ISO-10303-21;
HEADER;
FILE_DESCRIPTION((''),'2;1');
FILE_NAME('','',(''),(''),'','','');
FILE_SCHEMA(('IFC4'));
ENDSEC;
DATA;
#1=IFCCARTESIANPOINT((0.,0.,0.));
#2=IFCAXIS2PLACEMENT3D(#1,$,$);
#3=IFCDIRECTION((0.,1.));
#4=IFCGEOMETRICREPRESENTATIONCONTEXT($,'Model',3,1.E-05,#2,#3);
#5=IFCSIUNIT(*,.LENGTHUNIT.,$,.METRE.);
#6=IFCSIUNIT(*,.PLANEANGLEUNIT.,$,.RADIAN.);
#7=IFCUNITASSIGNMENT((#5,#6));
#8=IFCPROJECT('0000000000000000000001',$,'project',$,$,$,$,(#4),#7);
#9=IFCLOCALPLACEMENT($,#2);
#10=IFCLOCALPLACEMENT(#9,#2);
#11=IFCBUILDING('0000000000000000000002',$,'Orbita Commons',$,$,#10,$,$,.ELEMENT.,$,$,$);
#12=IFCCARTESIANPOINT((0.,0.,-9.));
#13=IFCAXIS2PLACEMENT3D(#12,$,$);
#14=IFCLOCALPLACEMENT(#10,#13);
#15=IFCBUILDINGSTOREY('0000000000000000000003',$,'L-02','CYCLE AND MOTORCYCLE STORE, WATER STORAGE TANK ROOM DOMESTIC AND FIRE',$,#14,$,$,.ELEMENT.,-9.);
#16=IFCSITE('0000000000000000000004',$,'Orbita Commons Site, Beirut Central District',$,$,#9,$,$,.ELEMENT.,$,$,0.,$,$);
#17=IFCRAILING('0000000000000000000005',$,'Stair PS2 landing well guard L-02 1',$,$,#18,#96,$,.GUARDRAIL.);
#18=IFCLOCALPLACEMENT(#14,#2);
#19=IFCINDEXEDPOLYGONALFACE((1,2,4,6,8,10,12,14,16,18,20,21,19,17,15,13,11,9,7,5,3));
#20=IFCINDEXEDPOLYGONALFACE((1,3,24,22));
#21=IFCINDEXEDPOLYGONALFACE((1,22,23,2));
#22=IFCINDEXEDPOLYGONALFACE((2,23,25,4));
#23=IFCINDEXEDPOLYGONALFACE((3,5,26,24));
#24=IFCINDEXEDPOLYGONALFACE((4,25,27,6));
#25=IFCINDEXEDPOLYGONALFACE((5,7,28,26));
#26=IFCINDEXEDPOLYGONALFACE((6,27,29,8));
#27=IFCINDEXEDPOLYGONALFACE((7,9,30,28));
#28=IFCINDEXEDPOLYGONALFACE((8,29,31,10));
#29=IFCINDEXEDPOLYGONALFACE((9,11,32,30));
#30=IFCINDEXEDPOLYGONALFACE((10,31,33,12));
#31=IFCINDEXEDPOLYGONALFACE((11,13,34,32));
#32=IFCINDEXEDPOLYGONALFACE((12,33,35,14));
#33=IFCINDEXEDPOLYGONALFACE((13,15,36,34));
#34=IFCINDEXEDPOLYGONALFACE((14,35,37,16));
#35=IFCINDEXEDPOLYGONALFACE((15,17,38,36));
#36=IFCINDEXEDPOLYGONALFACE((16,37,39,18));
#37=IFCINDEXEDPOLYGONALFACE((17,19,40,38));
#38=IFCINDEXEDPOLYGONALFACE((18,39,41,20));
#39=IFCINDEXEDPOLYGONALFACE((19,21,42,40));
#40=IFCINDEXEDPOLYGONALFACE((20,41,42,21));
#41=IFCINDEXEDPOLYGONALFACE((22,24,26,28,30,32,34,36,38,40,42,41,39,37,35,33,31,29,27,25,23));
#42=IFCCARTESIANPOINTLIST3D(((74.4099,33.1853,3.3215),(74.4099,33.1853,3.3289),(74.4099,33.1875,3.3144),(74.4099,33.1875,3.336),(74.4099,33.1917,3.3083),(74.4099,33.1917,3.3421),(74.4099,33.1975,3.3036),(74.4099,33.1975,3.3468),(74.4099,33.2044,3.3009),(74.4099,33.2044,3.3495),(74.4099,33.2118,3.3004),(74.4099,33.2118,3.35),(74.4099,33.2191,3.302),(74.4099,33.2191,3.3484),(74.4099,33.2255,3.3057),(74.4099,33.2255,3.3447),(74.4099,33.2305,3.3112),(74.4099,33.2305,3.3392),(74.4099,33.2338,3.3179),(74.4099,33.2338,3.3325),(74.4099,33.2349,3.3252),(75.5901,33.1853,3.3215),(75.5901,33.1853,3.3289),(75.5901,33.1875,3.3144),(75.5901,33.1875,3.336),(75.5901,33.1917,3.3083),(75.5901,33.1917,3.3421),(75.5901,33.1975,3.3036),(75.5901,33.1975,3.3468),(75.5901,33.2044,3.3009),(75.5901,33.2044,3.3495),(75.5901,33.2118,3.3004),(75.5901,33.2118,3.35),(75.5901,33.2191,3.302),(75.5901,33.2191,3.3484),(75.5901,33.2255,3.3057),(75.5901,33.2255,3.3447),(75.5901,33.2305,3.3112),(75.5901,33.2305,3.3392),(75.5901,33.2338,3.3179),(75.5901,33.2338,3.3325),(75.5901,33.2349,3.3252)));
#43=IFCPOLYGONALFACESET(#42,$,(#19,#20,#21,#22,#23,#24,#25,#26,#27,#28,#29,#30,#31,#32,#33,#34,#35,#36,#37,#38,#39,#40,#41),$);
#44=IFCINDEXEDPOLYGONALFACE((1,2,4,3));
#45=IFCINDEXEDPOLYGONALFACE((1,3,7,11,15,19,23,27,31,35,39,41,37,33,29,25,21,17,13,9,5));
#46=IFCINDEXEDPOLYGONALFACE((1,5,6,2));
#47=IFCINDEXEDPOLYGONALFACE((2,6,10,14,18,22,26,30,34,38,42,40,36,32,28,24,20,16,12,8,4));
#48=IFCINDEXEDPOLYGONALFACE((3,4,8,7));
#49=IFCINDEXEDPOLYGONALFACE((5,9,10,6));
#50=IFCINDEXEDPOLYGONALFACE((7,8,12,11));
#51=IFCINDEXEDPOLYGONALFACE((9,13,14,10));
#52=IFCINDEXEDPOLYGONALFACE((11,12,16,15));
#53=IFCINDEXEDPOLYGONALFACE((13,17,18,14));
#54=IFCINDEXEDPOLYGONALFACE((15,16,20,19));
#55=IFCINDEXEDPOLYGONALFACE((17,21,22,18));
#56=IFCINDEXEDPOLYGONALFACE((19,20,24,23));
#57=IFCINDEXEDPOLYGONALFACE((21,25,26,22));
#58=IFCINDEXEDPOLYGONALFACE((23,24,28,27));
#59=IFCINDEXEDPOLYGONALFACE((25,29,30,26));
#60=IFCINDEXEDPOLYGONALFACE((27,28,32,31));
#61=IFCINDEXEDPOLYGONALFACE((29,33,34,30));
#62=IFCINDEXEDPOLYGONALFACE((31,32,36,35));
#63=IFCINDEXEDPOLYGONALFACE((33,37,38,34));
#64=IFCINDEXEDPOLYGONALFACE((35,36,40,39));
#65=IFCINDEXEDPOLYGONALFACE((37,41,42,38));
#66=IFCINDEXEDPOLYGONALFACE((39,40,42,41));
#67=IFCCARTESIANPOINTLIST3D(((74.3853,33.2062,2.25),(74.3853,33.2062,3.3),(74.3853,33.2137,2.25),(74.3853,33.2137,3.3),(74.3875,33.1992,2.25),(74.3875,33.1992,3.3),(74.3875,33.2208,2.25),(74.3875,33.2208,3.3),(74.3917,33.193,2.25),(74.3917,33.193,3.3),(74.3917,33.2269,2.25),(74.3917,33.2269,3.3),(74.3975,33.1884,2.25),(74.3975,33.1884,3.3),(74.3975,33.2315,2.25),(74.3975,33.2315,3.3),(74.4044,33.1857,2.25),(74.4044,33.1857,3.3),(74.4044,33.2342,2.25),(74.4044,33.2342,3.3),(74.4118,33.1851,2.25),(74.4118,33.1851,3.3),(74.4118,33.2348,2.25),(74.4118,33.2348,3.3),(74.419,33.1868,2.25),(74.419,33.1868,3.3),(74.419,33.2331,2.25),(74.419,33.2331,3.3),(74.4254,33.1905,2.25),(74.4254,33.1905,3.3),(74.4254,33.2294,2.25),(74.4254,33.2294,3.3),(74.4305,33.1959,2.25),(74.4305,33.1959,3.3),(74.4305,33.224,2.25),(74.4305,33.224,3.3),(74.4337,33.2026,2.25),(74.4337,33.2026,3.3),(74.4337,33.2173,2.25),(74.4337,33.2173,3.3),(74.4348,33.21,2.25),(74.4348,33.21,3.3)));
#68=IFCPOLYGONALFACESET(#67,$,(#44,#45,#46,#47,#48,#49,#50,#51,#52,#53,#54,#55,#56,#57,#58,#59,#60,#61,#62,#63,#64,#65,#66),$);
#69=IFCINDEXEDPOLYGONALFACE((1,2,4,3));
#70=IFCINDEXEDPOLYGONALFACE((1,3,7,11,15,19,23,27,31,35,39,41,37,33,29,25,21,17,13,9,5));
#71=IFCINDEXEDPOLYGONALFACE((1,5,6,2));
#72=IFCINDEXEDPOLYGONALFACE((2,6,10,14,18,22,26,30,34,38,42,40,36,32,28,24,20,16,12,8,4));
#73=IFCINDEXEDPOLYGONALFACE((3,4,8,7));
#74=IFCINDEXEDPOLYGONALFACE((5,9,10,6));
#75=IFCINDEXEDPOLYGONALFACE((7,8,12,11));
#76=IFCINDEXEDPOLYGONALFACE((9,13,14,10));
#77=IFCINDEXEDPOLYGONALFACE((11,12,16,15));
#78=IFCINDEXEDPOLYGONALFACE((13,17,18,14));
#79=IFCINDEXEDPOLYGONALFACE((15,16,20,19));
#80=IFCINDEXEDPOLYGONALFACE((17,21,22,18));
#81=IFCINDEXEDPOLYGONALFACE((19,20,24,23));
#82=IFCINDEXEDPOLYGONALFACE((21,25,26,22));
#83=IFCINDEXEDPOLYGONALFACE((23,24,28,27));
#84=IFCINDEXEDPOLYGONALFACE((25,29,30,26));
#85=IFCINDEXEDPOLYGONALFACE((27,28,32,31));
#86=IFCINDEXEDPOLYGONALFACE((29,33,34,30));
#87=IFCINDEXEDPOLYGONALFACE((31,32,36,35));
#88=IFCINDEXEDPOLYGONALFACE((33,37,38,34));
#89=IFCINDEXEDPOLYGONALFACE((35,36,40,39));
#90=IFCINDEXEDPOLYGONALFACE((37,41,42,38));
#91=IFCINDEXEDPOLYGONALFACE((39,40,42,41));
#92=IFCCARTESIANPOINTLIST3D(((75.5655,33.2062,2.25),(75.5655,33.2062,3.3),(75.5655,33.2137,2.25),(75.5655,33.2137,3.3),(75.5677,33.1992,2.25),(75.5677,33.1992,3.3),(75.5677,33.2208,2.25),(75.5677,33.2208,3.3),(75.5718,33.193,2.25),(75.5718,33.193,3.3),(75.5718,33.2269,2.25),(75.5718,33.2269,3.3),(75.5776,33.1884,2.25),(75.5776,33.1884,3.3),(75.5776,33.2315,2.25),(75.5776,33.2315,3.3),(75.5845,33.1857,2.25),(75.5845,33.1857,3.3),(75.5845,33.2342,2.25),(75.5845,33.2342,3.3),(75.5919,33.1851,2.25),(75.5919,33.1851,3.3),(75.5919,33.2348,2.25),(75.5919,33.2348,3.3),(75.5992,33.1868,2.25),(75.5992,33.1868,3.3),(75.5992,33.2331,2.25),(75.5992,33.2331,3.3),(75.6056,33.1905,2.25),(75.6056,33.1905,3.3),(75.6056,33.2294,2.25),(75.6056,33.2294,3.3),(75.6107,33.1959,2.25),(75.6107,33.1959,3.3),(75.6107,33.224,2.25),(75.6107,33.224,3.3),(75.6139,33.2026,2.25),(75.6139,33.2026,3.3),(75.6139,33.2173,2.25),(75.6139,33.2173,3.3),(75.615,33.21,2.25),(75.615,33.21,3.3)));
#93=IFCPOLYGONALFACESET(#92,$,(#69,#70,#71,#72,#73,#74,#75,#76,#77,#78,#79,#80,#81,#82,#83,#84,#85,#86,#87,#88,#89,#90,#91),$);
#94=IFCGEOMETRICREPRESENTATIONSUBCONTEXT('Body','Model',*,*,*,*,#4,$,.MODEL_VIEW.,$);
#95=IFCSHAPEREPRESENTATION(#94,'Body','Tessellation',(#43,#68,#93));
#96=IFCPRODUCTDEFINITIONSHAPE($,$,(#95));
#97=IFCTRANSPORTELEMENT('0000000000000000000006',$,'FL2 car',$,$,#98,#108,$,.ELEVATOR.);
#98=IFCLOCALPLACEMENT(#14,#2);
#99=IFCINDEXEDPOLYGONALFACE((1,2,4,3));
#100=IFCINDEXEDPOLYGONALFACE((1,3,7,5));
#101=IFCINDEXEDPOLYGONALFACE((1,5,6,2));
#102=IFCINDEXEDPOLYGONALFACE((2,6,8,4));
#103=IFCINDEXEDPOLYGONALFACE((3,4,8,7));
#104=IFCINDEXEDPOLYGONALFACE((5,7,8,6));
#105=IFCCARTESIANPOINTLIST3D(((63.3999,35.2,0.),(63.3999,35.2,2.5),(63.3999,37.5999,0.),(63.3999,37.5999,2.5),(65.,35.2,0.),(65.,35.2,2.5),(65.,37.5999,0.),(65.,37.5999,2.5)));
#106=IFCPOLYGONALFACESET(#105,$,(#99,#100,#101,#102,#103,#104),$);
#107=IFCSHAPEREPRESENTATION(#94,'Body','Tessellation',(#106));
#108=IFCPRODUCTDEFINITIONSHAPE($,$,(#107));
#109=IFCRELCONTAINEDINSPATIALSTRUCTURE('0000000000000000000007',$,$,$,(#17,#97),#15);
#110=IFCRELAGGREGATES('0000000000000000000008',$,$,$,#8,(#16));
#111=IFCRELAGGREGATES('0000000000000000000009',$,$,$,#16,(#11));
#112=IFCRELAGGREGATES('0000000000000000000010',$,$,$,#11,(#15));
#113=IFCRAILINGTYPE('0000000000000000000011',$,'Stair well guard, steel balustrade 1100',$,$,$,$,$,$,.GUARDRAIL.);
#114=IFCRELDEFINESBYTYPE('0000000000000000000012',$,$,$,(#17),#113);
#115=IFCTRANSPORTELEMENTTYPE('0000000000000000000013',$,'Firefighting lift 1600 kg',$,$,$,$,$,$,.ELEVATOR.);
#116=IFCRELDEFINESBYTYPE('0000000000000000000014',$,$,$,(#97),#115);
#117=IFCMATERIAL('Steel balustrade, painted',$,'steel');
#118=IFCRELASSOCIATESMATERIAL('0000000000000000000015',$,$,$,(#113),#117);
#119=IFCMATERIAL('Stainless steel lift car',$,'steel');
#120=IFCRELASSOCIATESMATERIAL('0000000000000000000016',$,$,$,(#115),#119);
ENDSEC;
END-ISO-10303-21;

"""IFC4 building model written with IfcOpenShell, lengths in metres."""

from ifc_helpers import new_model, si_unit, direction, frame, origin, origin_2d, place, context, subcontext, project, spatial, rectangle, circle, extrude, material, type_object, element, save


model = new_model("IFC4")

# Units and contexts
model_context = context("Model", 3, precision=1e-05, world=origin(), true_north=direction((0.0, 1.0)))
body_context = subcontext(model_context, "Body", "Model", "MODEL_VIEW")
ifc_project = project(units=[si_unit("LENGTHUNIT", "METRE"), si_unit("PLANEANGLEUNIT", "RADIAN")], contexts=[model_context])

# Site, building, storey
site_placement = place(None, origin())
site = spatial("IfcSite", under=ifc_project, at=site_placement, Name="Orbita Commons Site, Beirut Central District", CompositionType="ELEMENT", RefElevation=0.0)
building_placement = place(site_placement, origin())
building = spatial("IfcBuilding", under=site, at=building_placement, Name="Orbita Commons", CompositionType="ELEMENT")
storey_placement = place(building_placement, frame((0.0, 0.0, -9.0)))
storey = spatial("IfcBuildingStorey", under=building, at=storey_placement, Name="L-02", Description="CYCLE AND MOTORCYCLE STORE, WATER STORAGE TANK ROOM DOMESTIC AND FIRE", CompositionType="ELEMENT", Elevation=-9.0)

# Railing
ifc_material_1 = material(Name="Steel balustrade, painted", Category="steel")
railing_type_1 = type_object("IfcRailingType", Name="Stair well guard, steel balustrade 1100", PredefinedType="GUARDRAIL", material=ifc_material_1)
railing_1_placement = place(storey_placement, frame((74.4099, 33.21, 2.25)))
element("IfcRailing", 1, at=railing_1_placement, inside=storey, type_object=railing_type_1, Name="Stair PS2 landing well guard L-02 1", PredefinedType="GUARDRAIL", context=body_context, shape_type="SweptSolid", body=[
    extrude(circle(Radius=0.0249, at=origin_2d()), frame((0.0, 0.0, 1.0752), z_axis=(1.0, 0.0, 0.0), x_axis=(0.0, 1.0, 0.0)), (0.0, 0.0, 1.0), 1.1802),
    extrude(circle(Radius=0.0249, at=origin_2d()), origin(), (0.0, 0.0, 1.0), 1.05),
    extrude(circle(Radius=0.0249, at=origin_2d()), frame((1.1802, 0.0, 0.0)), (0.0, 0.0, 1.0), 1.05),
])

# Transport element
ifc_material_2 = material(Name="Stainless steel lift car", Category="steel")
transport_element_type = type_object("IfcTransportElementType", Name="Firefighting lift 1600 kg", PredefinedType="ELEVATOR", material=ifc_material_2)
transport_element_placement = place(storey_placement, frame((64.2, 36.3999, 0.0), z_axis=(0.0, 0.0, 1.0), x_axis=(1.0, 0.0, 0.0)))
element("IfcTransportElement", 2, at=transport_element_placement, inside=storey, type_object=transport_element_type, Name="FL2 car", PredefinedType="ELEVATOR", context=body_context, shape_type="SweptSolid", body=[
    extrude(rectangle(XDim=1.6001, YDim=2.3999, at=origin_2d()), origin(), (0.0, 0.0, 1.0), 2.5),
])

save(model, "model.ifc")
